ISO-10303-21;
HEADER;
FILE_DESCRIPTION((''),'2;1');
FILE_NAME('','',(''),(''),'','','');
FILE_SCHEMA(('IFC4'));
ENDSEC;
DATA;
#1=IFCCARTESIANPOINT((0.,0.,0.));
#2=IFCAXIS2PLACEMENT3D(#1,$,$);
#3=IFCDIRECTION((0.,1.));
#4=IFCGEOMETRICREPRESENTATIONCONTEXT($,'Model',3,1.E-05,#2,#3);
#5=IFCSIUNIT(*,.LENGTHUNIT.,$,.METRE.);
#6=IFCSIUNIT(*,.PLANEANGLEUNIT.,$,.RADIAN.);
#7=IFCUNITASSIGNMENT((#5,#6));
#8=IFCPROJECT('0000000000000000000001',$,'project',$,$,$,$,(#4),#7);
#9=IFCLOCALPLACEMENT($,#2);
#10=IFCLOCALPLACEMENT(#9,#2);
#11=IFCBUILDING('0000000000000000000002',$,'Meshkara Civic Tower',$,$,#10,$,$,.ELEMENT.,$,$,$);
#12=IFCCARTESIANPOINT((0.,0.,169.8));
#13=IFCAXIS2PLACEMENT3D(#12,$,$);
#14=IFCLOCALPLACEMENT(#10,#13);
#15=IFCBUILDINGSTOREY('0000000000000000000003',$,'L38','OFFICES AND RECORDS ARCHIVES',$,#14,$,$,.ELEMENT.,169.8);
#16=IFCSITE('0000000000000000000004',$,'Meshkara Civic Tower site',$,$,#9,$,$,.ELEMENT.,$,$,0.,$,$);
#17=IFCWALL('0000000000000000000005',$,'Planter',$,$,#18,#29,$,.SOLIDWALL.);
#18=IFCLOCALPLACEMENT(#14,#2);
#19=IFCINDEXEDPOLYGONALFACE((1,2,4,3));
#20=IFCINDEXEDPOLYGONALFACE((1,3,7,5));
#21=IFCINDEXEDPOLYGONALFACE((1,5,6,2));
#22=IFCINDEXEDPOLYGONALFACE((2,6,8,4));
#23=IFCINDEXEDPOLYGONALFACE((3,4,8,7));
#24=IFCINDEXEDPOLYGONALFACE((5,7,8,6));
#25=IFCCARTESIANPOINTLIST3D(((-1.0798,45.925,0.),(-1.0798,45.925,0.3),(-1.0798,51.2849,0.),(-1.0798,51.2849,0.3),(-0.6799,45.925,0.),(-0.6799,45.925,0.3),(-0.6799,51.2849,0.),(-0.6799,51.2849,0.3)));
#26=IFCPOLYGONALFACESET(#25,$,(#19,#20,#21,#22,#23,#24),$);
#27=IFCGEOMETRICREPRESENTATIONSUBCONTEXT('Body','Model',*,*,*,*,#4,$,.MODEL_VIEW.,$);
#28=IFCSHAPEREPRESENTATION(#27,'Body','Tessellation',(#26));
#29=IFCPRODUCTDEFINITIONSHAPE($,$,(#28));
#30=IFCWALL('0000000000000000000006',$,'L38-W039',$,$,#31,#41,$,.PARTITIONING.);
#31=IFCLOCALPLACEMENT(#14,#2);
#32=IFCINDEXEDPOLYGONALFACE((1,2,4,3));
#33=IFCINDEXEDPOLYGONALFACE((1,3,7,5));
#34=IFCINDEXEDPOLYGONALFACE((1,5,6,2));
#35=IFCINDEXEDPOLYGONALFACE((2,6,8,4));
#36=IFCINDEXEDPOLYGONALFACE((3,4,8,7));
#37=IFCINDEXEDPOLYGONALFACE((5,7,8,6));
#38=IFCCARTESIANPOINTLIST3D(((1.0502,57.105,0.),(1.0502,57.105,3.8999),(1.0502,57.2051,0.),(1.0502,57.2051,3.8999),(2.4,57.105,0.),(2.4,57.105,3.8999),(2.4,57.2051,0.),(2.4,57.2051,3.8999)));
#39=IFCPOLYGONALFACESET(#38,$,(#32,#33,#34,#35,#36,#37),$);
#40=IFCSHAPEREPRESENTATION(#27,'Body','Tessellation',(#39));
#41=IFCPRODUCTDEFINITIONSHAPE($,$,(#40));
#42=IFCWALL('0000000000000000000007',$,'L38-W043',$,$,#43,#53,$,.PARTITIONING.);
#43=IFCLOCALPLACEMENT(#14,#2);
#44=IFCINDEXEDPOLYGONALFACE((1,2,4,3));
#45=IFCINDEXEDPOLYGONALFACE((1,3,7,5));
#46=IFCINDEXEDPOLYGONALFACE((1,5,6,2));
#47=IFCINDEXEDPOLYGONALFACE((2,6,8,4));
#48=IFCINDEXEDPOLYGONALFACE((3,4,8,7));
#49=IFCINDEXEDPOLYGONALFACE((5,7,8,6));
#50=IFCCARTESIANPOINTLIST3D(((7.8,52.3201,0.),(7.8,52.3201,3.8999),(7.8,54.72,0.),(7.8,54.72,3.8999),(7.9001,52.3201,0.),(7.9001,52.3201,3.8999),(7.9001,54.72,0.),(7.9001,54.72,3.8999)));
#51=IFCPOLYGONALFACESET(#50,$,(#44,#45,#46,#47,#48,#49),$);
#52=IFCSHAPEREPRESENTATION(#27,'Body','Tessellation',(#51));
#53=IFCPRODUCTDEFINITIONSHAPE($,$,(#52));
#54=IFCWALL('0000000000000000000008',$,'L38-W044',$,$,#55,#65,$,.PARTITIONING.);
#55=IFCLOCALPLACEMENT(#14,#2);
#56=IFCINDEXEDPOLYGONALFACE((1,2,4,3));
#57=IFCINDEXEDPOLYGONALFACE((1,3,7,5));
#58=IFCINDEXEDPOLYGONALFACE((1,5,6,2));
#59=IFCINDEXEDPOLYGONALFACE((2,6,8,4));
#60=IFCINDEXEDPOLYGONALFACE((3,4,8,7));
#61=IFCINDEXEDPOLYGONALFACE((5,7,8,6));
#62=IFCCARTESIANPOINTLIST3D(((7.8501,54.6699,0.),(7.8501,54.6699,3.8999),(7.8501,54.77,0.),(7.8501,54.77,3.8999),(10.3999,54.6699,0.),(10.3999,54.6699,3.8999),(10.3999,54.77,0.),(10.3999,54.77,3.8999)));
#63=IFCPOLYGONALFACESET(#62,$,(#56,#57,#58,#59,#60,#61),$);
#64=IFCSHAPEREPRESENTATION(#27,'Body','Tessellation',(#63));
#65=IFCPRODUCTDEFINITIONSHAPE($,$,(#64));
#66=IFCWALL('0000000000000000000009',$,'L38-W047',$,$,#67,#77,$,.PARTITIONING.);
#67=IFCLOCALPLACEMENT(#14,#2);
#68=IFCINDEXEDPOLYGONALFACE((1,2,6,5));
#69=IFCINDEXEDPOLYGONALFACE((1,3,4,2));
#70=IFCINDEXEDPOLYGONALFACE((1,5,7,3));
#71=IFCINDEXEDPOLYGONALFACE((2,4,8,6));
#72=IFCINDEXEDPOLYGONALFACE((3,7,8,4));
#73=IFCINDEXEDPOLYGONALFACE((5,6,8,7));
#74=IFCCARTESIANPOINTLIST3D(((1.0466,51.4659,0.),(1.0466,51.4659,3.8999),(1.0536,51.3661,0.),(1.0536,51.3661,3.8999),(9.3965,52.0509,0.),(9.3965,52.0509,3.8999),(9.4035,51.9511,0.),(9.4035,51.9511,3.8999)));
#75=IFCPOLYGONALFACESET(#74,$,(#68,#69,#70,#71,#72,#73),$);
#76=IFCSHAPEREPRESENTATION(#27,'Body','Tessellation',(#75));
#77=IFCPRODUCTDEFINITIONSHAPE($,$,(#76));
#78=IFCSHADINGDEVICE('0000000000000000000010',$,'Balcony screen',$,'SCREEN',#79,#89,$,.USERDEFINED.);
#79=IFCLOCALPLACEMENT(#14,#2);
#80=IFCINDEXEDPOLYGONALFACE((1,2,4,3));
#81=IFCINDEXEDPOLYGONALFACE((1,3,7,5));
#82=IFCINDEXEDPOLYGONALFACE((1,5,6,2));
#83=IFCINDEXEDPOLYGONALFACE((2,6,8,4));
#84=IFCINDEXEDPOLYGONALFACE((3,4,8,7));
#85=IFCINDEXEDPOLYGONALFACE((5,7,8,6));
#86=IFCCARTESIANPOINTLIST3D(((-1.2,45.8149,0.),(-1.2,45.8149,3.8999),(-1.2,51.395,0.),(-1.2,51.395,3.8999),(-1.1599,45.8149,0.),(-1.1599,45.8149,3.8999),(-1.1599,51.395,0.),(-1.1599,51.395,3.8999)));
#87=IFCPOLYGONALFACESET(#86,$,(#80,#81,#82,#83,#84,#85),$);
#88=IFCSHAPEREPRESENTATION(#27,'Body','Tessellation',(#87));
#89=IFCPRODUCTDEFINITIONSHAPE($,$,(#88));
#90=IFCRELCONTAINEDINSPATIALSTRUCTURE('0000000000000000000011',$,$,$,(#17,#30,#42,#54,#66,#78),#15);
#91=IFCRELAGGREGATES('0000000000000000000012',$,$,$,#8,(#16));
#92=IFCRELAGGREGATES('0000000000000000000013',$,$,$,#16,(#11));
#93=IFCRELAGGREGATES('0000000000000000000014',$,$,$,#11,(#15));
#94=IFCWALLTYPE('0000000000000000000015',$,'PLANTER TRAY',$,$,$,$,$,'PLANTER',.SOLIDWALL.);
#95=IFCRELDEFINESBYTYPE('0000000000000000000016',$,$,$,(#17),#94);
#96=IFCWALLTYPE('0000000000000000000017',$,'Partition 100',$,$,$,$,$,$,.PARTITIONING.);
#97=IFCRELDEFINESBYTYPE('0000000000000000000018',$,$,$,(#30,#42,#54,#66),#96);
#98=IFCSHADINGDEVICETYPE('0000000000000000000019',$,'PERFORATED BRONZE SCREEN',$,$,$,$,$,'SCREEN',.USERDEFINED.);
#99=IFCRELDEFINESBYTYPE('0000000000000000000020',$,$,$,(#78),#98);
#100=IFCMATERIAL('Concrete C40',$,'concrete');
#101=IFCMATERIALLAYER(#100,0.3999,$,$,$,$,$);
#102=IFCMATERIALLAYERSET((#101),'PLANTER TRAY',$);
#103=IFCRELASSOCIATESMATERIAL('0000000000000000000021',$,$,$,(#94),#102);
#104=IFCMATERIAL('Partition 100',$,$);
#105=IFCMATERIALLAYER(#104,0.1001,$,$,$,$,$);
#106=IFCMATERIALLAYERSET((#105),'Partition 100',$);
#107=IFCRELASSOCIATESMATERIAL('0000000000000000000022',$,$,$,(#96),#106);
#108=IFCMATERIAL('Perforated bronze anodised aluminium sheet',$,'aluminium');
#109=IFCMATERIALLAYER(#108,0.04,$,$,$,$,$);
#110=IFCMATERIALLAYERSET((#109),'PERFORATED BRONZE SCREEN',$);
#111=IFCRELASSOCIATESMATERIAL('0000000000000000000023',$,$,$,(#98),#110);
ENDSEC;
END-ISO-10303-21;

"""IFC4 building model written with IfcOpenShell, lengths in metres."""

from ifc_helpers import new_model, si_unit, direction, frame, frame_2d, origin, origin_2d, place, context, subcontext, project, spatial, rectangle, extrude, material, layer, layer_set, type_object, element, save


model = new_model("IFC4")

# Units and contexts
model_context = context("Model", 3, precision=1e-05, world=origin(), true_north=direction((0.0, 1.0)))
body_context = subcontext(model_context, "Body", "Model", "MODEL_VIEW")
ifc_project = project(units=[si_unit("LENGTHUNIT", "METRE"), si_unit("PLANEANGLEUNIT", "RADIAN")], contexts=[model_context])

# Site, building, storey
site_placement = place(None, origin())
site = spatial("IfcSite", under=ifc_project, at=site_placement, Name="Meshkara Civic Tower site", CompositionType="ELEMENT", RefElevation=0.0)
building_placement = place(site_placement, origin())
building = spatial("IfcBuilding", under=site, at=building_placement, Name="Meshkara Civic Tower", CompositionType="ELEMENT")
storey_placement = place(building_placement, frame((0.0, 0.0, 169.8)))
storey = spatial("IfcBuildingStorey", under=building, at=storey_placement, Name="L38", Description="OFFICES AND RECORDS ARCHIVES", CompositionType="ELEMENT", Elevation=169.8)

# Walls
ifc_material_1 = material(Name="Concrete C40", Category="concrete")
ifc_layer_1 = layer(ifc_material_1, 0.3999)
ifc_layer_set_1 = layer_set([ifc_layer_1], Name="PLANTER TRAY")
wall_type_1 = type_object("IfcWallType", Name="PLANTER TRAY", ElementType="PLANTER", PredefinedType="SOLIDWALL", material=ifc_layer_set_1)
wall_1_placement = place(storey_placement, frame((-0.8799, 51.2849, 0.0), z_axis=(0.0, 0.0, 1.0), x_axis=(0.0, -1.0, 0.0)))
element("IfcWall", 1, at=wall_1_placement, inside=storey, type_object=wall_type_1, Name="Planter", PredefinedType="SOLIDWALL", context=body_context, shape_type="SweptSolid", body=[
    extrude(rectangle(XDim=5.3599, YDim=0.3999, at=frame_2d((2.6799, 0.0))), origin(), (0.0, 0.0, 1.0), 0.3),
])
ifc_material_2 = material(Name="Partition 100")
ifc_layer_2 = layer(ifc_material_2, 0.1001)
ifc_layer_set_2 = layer_set([ifc_layer_2], Name="Partition 100")
wall_type_2 = type_object("IfcWallType", Name="Partition 100", PredefinedType="PARTITIONING", material=ifc_layer_set_2)
wall_2_placement = place(storey_placement, frame((2.3999, 57.155, 0.0), z_axis=(0.0, 0.0, 1.0), x_axis=(-1.0, 0.0, 0.0)))
element("IfcWall", 2, at=wall_2_placement, inside=storey, type_object=wall_type_2, Name="L38-W039", PredefinedType="PARTITIONING", context=body_context, shape_type="SweptSolid", body=[
    extrude(rectangle(XDim=1.3499, YDim=0.1001, at=frame_2d((0.6748, 0.0))), origin(), (0.0, 0.0, 1.0), 3.8999),
])
wall_3_placement = place(storey_placement, frame((7.8501, 52.3201, 0.0), z_axis=(0.0, 0.0, 1.0), x_axis=(0.0, 1.0, 0.0)))
element("IfcWall", 3, at=wall_3_placement, inside=storey, type_object=wall_type_2, Name="L38-W043", PredefinedType="PARTITIONING", context=body_context, shape_type="SweptSolid", body=[
    extrude(rectangle(XDim=2.3999, YDim=0.1001, at=frame_2d((1.2, 0.0))), origin(), (0.0, 0.0, 1.0), 3.8999),
])
wall_4_placement = place(storey_placement, frame((7.8501, 54.72, 0.0), z_axis=(0.0, 0.0, 1.0), x_axis=(1.0, 0.0, 0.0)))
element("IfcWall", 4, at=wall_4_placement, inside=storey, type_object=wall_type_2, Name="L38-W044", PredefinedType="PARTITIONING", context=body_context, shape_type="SweptSolid", body=[
    extrude(rectangle(XDim=2.5498, YDim=0.1001, at=frame_2d((1.2749, 0.0))), origin(), (0.0, 0.0, 1.0), 3.8999),
])
wall_5_placement = place(storey_placement, frame((9.3999, 52.001, 0.0), z_axis=(0.0, 0.0, 1.0), x_axis=(-0.997555, -0.069885, 0.0)))
element("IfcWall", 5, at=wall_5_placement, inside=storey, type_object=wall_type_2, Name="L38-W047", PredefinedType="PARTITIONING", context=body_context, shape_type="SweptSolid", body=[
    extrude(rectangle(XDim=8.3704, YDim=0.1001, at=frame_2d((4.1851, 0.0))), origin(), (0.0, 0.0, 1.0), 3.8999),
])

# Shading device
ifc_material_3 = material(Name="Perforated bronze anodised aluminium sheet", Category="aluminium")
ifc_layer_3 = layer(ifc_material_3, 0.04)
ifc_layer_set_3 = layer_set([ifc_layer_3], Name="PERFORATED BRONZE SCREEN")
shading_device_type = type_object("IfcShadingDeviceType", Name="PERFORATED BRONZE SCREEN", ElementType="SCREEN", PredefinedType="USERDEFINED", material=ifc_layer_set_3)
shading_device_placement = place(storey_placement, frame((-1.1799, 48.605, 0.0), z_axis=(0.0, 0.0, 1.0), x_axis=(0.0, -1.0, 0.0)))
element("IfcShadingDevice", 6, at=shading_device_placement, inside=storey, type_object=shading_device_type, Name="Balcony screen", ObjectType="SCREEN", PredefinedType="USERDEFINED", context=body_context, shape_type="SweptSolid", body=[
    extrude(rectangle(XDim=5.5801, YDim=0.04, at=origin_2d()), origin(), (0.0, 0.0, 1.0), 3.8999),
])

save(model, "model.ifc")
